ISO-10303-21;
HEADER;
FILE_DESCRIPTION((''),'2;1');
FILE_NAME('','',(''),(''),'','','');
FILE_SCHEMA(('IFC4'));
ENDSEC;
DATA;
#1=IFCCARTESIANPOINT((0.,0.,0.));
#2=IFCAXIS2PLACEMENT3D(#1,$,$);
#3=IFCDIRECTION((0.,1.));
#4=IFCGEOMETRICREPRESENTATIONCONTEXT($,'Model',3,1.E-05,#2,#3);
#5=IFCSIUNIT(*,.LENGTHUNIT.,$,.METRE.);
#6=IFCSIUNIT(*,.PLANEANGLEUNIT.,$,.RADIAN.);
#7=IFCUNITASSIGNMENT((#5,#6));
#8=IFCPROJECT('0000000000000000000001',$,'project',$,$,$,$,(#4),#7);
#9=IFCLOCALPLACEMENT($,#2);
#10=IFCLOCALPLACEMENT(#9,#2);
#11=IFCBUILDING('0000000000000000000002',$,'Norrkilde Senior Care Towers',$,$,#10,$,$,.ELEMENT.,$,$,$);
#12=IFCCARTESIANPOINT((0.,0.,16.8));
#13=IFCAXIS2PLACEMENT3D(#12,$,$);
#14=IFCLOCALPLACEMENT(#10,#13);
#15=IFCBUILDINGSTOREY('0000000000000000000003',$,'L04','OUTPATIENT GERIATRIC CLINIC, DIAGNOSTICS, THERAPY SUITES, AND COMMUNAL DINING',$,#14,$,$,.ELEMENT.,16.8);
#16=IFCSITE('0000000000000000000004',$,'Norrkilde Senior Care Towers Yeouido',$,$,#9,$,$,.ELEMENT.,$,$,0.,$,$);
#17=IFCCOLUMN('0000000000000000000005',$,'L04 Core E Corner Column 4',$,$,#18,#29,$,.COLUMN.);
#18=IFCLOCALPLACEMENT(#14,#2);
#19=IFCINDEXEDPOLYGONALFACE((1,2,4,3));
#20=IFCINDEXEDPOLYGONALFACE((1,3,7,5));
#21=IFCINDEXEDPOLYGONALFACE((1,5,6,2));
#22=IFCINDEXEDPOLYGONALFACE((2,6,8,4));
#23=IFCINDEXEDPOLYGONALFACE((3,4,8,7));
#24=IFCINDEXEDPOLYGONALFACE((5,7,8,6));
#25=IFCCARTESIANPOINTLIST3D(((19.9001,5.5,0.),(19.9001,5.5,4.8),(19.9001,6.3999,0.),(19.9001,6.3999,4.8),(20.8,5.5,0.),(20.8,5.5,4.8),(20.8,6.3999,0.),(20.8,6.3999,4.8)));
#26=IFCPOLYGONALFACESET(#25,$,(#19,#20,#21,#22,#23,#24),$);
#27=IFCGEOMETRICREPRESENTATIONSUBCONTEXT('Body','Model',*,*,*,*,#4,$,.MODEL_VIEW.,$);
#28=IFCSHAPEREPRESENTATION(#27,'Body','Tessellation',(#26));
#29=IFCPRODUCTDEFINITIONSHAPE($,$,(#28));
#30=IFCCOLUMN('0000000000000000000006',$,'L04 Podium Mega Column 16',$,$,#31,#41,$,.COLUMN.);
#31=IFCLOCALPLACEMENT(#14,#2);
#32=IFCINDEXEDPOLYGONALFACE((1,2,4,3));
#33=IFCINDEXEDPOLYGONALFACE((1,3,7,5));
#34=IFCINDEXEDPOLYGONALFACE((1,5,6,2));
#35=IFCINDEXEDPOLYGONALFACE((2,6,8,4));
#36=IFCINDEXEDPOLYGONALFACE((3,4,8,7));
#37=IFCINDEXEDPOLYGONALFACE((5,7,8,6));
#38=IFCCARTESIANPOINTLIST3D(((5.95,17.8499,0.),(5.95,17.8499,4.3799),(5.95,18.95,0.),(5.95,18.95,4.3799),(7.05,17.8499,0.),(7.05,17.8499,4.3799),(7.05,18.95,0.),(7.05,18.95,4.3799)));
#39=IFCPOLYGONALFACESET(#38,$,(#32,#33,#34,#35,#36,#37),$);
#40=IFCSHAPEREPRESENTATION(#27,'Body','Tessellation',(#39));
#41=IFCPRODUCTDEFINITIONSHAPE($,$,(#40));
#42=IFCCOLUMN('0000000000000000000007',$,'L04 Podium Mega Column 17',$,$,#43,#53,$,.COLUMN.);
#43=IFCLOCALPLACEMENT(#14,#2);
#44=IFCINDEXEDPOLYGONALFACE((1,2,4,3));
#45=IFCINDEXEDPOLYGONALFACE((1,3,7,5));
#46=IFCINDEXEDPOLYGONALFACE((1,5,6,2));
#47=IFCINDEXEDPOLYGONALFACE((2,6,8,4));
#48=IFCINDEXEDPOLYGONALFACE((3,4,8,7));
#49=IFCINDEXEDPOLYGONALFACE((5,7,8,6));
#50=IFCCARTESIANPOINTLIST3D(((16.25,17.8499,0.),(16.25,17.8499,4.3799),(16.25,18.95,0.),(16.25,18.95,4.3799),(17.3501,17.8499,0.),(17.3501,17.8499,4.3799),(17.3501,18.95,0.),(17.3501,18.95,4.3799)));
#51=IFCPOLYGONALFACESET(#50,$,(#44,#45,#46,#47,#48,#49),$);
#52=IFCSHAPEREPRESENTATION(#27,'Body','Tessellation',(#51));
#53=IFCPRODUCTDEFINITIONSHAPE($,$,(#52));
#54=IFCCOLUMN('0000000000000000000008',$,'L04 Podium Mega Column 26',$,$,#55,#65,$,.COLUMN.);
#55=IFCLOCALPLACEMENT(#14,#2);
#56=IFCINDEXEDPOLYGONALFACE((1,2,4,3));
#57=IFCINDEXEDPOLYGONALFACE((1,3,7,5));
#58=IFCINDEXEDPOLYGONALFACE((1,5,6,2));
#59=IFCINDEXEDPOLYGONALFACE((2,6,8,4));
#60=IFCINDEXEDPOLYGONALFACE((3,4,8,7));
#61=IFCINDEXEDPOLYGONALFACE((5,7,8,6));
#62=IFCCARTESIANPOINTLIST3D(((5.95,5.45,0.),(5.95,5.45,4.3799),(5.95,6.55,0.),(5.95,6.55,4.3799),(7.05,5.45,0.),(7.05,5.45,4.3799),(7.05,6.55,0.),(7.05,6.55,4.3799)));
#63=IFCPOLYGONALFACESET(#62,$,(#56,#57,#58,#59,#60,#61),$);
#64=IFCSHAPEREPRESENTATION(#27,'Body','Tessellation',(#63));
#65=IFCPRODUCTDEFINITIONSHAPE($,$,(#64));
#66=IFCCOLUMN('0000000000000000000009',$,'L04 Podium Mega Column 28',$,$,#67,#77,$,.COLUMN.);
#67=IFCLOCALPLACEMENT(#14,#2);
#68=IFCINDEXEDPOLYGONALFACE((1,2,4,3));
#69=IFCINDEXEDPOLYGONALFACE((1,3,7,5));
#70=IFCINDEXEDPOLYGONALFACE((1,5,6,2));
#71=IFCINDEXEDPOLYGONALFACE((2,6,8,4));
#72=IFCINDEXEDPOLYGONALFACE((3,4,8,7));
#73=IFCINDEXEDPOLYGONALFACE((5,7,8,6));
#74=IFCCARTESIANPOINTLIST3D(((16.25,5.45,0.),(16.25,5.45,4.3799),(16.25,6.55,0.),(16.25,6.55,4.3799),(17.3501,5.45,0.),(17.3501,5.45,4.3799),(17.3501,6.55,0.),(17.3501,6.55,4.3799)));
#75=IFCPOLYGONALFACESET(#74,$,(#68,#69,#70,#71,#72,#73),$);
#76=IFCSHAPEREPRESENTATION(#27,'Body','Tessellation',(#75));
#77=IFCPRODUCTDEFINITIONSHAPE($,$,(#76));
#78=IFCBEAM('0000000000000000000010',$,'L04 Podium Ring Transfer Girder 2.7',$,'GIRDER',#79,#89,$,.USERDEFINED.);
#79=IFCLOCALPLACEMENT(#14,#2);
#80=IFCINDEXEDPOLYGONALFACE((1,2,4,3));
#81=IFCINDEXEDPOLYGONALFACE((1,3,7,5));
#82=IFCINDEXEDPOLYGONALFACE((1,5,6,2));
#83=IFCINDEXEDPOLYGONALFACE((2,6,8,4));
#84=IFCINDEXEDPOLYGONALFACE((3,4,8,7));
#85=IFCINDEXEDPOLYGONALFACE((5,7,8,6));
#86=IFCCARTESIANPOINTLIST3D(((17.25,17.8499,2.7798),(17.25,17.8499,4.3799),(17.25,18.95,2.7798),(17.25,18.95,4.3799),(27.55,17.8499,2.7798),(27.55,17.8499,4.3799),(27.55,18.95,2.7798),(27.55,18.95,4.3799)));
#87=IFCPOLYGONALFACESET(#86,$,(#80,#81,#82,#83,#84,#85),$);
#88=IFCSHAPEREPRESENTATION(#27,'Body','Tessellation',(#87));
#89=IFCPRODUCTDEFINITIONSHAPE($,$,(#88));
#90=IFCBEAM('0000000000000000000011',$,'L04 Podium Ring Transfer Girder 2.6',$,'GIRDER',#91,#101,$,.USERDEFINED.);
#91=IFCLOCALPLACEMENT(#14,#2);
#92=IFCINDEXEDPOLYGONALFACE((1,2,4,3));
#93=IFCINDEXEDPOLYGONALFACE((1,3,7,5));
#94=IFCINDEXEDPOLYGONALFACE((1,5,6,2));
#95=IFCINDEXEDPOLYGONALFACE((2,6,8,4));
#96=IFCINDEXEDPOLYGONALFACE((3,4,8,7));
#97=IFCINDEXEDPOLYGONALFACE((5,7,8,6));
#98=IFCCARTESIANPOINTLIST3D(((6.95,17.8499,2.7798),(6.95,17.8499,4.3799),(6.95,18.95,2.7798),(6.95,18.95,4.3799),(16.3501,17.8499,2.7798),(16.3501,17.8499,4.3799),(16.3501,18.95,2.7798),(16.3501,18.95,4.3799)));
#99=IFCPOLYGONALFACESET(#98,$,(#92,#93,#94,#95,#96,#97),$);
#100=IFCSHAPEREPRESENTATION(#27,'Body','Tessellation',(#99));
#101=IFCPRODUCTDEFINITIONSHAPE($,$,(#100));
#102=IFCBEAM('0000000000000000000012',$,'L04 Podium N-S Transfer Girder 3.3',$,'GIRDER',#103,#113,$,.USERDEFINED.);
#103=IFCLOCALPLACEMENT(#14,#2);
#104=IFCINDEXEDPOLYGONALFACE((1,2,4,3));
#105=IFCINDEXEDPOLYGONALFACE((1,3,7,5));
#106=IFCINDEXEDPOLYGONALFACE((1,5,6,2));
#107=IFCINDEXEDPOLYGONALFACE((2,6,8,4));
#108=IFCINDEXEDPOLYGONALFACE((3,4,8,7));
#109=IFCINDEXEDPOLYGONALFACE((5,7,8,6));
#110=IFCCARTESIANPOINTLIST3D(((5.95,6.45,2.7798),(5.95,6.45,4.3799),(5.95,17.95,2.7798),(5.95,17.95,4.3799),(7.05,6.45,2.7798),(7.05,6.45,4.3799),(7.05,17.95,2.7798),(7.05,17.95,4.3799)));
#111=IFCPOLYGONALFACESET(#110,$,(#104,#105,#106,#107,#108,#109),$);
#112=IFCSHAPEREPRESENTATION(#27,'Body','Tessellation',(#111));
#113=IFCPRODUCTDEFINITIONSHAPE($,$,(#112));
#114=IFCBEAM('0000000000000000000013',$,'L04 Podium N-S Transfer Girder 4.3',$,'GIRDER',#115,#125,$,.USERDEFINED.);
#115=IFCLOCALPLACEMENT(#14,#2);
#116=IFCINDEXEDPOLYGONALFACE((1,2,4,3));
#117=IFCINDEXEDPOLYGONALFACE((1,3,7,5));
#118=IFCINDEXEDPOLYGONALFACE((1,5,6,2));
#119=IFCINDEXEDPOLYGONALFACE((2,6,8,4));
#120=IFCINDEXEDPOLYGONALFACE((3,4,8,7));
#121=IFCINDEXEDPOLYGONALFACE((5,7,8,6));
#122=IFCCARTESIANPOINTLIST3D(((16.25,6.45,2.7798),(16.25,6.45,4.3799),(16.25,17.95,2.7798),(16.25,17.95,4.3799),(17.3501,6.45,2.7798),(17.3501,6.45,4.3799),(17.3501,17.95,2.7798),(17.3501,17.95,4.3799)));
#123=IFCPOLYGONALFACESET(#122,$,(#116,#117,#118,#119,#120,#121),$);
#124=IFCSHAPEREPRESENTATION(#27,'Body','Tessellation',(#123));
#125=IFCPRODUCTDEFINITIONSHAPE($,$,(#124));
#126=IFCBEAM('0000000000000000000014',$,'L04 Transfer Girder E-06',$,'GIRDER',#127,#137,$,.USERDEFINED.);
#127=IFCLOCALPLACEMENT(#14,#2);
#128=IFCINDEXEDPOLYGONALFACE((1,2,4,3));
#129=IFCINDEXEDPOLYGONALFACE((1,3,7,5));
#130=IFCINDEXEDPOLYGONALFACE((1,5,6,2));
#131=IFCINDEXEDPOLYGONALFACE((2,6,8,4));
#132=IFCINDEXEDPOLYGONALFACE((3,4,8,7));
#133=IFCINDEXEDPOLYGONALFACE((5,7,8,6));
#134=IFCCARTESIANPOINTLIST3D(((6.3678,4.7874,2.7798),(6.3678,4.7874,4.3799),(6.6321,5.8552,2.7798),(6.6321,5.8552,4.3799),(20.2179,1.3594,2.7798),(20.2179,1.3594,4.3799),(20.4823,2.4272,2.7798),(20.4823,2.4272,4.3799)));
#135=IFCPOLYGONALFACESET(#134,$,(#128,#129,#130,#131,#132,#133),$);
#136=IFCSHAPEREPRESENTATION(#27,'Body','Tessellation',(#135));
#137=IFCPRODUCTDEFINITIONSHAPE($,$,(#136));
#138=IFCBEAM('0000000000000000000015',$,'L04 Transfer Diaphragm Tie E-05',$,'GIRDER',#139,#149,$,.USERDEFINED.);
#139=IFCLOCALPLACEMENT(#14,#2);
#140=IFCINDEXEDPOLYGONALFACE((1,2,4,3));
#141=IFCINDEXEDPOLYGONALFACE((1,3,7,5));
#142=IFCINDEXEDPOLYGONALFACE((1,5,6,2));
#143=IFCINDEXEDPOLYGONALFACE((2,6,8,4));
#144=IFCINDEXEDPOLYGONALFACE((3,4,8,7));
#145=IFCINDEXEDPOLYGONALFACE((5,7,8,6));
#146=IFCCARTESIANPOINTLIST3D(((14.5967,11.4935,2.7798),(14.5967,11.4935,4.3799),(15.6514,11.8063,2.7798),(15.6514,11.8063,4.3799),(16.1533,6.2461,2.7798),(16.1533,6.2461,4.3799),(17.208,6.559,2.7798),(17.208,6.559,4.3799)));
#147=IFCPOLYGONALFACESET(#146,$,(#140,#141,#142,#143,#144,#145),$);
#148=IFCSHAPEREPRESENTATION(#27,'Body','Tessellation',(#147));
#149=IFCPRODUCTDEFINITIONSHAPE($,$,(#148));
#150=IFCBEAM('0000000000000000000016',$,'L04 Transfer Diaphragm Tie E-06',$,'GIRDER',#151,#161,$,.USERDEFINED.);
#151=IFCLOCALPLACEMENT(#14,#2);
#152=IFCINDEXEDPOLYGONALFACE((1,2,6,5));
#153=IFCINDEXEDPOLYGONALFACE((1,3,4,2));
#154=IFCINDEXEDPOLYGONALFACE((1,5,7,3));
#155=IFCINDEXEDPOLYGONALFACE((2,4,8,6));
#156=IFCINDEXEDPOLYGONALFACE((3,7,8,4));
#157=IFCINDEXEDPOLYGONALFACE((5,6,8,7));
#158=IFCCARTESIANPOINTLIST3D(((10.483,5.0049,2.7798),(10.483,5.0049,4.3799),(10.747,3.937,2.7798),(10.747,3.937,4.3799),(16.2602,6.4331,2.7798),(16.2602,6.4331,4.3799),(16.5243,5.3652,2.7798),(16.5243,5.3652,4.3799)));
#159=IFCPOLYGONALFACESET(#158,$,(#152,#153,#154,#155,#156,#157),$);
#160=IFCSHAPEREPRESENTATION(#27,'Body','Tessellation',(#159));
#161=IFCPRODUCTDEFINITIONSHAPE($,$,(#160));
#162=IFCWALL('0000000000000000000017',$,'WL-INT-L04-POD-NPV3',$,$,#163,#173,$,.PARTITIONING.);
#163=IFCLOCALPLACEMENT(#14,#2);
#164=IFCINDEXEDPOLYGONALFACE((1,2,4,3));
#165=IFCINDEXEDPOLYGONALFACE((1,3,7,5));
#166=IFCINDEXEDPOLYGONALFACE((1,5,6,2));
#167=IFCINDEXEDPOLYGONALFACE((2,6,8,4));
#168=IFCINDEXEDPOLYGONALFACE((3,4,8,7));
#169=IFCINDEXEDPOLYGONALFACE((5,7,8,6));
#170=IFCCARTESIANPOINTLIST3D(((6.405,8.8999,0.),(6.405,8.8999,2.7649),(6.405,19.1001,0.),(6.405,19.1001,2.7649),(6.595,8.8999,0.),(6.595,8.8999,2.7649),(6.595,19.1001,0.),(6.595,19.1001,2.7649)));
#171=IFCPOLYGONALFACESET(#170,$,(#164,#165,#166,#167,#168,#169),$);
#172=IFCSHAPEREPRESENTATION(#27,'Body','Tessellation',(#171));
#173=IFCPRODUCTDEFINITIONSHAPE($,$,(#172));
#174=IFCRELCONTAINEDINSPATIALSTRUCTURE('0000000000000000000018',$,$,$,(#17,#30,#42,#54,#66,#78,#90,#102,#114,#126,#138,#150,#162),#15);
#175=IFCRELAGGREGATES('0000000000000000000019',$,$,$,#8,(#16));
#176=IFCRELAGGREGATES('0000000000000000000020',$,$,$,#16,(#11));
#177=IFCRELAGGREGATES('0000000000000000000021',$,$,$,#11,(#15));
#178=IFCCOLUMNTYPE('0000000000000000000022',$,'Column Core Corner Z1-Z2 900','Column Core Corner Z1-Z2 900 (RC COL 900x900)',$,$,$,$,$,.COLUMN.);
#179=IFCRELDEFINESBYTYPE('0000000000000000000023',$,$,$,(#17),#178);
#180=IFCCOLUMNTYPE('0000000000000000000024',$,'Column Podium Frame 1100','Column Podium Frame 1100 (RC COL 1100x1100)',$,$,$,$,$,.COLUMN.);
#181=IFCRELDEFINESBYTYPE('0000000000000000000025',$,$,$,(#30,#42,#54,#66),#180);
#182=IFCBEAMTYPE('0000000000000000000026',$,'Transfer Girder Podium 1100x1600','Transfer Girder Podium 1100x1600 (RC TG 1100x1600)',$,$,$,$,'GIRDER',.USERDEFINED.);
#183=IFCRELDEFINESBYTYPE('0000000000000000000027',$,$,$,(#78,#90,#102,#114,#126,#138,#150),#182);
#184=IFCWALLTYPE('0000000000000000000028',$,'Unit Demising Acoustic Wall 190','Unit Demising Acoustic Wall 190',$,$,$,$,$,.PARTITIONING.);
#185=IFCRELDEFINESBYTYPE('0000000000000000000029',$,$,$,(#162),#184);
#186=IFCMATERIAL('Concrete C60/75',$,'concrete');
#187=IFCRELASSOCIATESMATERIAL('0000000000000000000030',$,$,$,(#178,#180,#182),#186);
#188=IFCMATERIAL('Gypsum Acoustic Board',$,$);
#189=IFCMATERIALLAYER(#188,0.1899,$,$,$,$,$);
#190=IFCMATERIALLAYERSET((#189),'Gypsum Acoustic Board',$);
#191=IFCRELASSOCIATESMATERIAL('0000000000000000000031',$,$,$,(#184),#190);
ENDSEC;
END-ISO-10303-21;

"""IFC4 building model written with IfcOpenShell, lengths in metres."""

from ifc_helpers import new_model, si_unit, direction, frame, frame_2d, origin, origin_2d, place, context, subcontext, project, spatial, rectangle, extrude, source, transform, mapped, material, layer, layer_set, material_profile, profile_set, type_object, type_shapes, element, save


model = new_model("IFC4")

# Units and contexts
model_context = context("Model", 3, precision=1e-05, world=origin(), true_north=direction((0.0, 1.0)))
body_context = subcontext(model_context, "Body", "Model", "MODEL_VIEW")
ifc_project = project(units=[si_unit("LENGTHUNIT", "METRE"), si_unit("PLANEANGLEUNIT", "RADIAN")], contexts=[model_context])

# Site, building, storey
site_placement = place(None, origin())
site = spatial("IfcSite", under=ifc_project, at=site_placement, Name="Norrkilde Senior Care Towers Yeouido", CompositionType="ELEMENT", RefElevation=0.0)
building_placement = place(site_placement, origin())
building = spatial("IfcBuilding", under=site, at=building_placement, Name="Norrkilde Senior Care Towers", CompositionType="ELEMENT")
storey_placement = place(building_placement, frame((0.0, 0.0, 16.8)))
storey = spatial("IfcBuildingStorey", under=building, at=storey_placement, Name="L04", Description="OUTPATIENT GERIATRIC CLINIC, DIAGNOSTICS, THERAPY SUITES, AND COMMUNAL DINING", CompositionType="ELEMENT", Elevation=16.8)

# Columns
ifc_material_1 = material(Name="Concrete C60/75", Category="concrete")
ifc_material_profile_1 = material_profile(ifc_material_1, rectangle(XDim=0.8999, YDim=0.8999, at=origin_2d()), Name="RC COL 900x900")
ifc_profile_set_1 = profile_set([ifc_material_profile_1], Name="Concrete C60/75")
column_type_1 = type_object("IfcColumnType", Name="Column Core Corner Z1-Z2 900", Description="Column Core Corner Z1-Z2 900 (RC COL 900x900)", PredefinedType="COLUMN", material=ifc_profile_set_1)
shared_shape_1 = source(origin(), body_context, "Body", "SweptSolid", [
    extrude(rectangle(XDim=0.8999, YDim=0.8999, at=origin_2d()), origin(), (0.0, 0.0, 1.0), 4.8),
])
type_shapes(column_type_1, [shared_shape_1])
column_placement = place(storey_placement, frame((20.3501, 5.95, 0.0), z_axis=(0.0, 0.0, 1.0), x_axis=(1.0, 0.0, 0.0)))
element("IfcColumn", 1, at=column_placement, inside=storey, type_object=column_type_1, Name="L04 Core E Corner Column 4", PredefinedType="COLUMN", context=body_context, shape_type="MappedRepresentation", body=[
    mapped(shared_shape_1, transform((0.0, 0.0, 0.0), x_axis=(1.0, 0.0, 0.0), y_axis=(0.0, 1.0, 0.0), z_axis=(0.0, 0.0, 1.0), scale=1.0)),
])
ifc_material_profile_2 = material_profile(ifc_material_1, rectangle(XDim=1.1001, YDim=1.1001, at=origin_2d()), Name="RC COL 1100x1100")
ifc_profile_set_2 = profile_set([ifc_material_profile_2], Name="Concrete C60/75")
column_type_2 = type_object("IfcColumnType", Name="Column Podium Frame 1100", Description="Column Podium Frame 1100 (RC COL 1100x1100)", PredefinedType="COLUMN", material=ifc_profile_set_2)
shared_shape_2 = source(origin(), body_context, "Body", "SweptSolid", [
    extrude(rectangle(XDim=1.1001, YDim=1.1001, at=origin_2d()), origin(), (0.0, 0.0, 1.0), 4.3799),
])
type_shapes(column_type_2, [shared_shape_2])
for number, where, z_axis, x_axis, name in (
    (2, (6.5, 18.3999, 0.0), (0.0, 0.0, 1.0), (1.0, 0.0, 0.0), "L04 Podium Mega Column 16"),
    (3, (16.8, 18.3999, 0.0), (0.0, 0.0, 1.0), (1.0, 0.0, 0.0), "L04 Podium Mega Column 17"),
    (4, (6.5, 6.0, 0.0), (0.0, 0.0, 1.0), (1.0, 0.0, 0.0), "L04 Podium Mega Column 26"),
    (5, (16.8, 6.0, 0.0), (0.0, 0.0, 1.0), (1.0, 0.0, 0.0), "L04 Podium Mega Column 28"),
):
    element("IfcColumn", number, at=place(storey_placement, frame(where, z_axis=z_axis, x_axis=x_axis)), inside=storey, type_object=column_type_2, Name=name, PredefinedType="COLUMN", context=body_context, shape_type="MappedRepresentation", body=[
        mapped(shared_shape_2, transform((0.0, 0.0, 0.0), x_axis=(1.0, 0.0, 0.0), y_axis=(0.0, 1.0, 0.0), z_axis=(0.0, 0.0, 1.0), scale=1.0)),
    ])

# Beams
ifc_material_profile_3 = material_profile(ifc_material_1, rectangle(XDim=1.1001, YDim=1.6001, at=origin_2d()), Name="RC TG 1100x1600")
ifc_profile_set_3 = profile_set([ifc_material_profile_3], Name="Concrete C60/75")
beam_type = type_object("IfcBeamType", Name="Transfer Girder Podium 1100x1600", Description="Transfer Girder Podium 1100x1600 (RC TG 1100x1600)", ElementType="GIRDER", PredefinedType="USERDEFINED", material=ifc_profile_set_3)
shared_shape_3 = source(origin(), body_context, "Body", "SweptSolid", [
    extrude(rectangle(XDim=1.1001, YDim=1.6001, at=origin_2d()), origin(), (0.0, 0.0, 1.0), 10.3),
])
beam_1_placement = place(storey_placement, frame((17.25, 18.3999, 3.5798), z_axis=(1.0, 0.0, 0.0), x_axis=(0.0, 1.0, 0.0)))
element("IfcBeam", 6, at=beam_1_placement, inside=storey, type_object=beam_type, Name="L04 Podium Ring Transfer Girder 2.7", ObjectType="GIRDER", PredefinedType="USERDEFINED", context=body_context, shape_type="MappedRepresentation", body=[
    mapped(shared_shape_3, transform((0.0, 0.0, 0.0), x_axis=(1.0, 0.0, 0.0), y_axis=(0.0, 1.0, 0.0), z_axis=(0.0, 0.0, 1.0), scale=1.0)),
])
shared_shape_4 = source(origin(), body_context, "Body", "SweptSolid", [
    extrude(rectangle(XDim=1.1001, YDim=1.6001, at=origin_2d()), origin(), (0.0, 0.0, 1.0), 9.4001),
])
beam_2_placement = place(storey_placement, frame((6.95, 18.3999, 3.5798), z_axis=(1.0, 0.0, 0.0), x_axis=(0.0, 1.0, 0.0)))
element("IfcBeam", 7, at=beam_2_placement, inside=storey, type_object=beam_type, Name="L04 Podium Ring Transfer Girder 2.6", ObjectType="GIRDER", PredefinedType="USERDEFINED", context=body_context, shape_type="MappedRepresentation", body=[
    mapped(shared_shape_4, transform((0.0, 0.0, 0.0), x_axis=(1.0, 0.0, 0.0), y_axis=(0.0, 1.0, 0.0), z_axis=(0.0, 0.0, 1.0), scale=1.0)),
])
shared_shape_5 = source(origin(), body_context, "Body", "SweptSolid", [
    extrude(rectangle(XDim=1.1001, YDim=1.6001, at=origin_2d()), origin(), (0.0, 0.0, 1.0), 11.5),
])
for number, where, z_axis, x_axis, name in (
    (8, (6.5, 6.45, 3.5798), (0.0, 1.0, 0.0), (-1.0, 0.0, 0.0), "L04 Podium N-S Transfer Girder 3.3"),
    (9, (16.8, 6.45, 3.5798), (0.0, 1.0, 0.0), (-1.0, 0.0, 0.0), "L04 Podium N-S Transfer Girder 4.3"),
):
    element("IfcBeam", number, at=place(storey_placement, frame(where, z_axis=z_axis, x_axis=x_axis)), inside=storey, type_object=beam_type, Name=name, ObjectType="GIRDER", PredefinedType="USERDEFINED", context=body_context, shape_type="MappedRepresentation", body=[
        mapped(shared_shape_5, transform((0.0, 0.0, 0.0), x_axis=(1.0, 0.0, 0.0), y_axis=(0.0, 1.0, 0.0), z_axis=(0.0, 0.0, 1.0), scale=1.0)),
    ])
shared_shape_6 = source(origin(), body_context, "Body", "SweptSolid", [
    extrude(rectangle(XDim=1.1001, YDim=1.6001, at=origin_2d()), origin(), (0.0, 0.0, 1.0), 14.2681),
])
beam_3_placement = place(storey_placement, frame((20.3501, 1.8933, 3.5798), z_axis=(-0.97071, 0.240256, 0.0), x_axis=(-0.240256, -0.97071, 0.0)))
element("IfcBeam", 10, at=beam_3_placement, inside=storey, type_object=beam_type, Name="L04 Transfer Girder E-06", ObjectType="GIRDER", PredefinedType="USERDEFINED", context=body_context, shape_type="MappedRepresentation", body=[
    mapped(shared_shape_6, transform((0.0, 0.0, 0.0), x_axis=(1.0, 0.0, 0.0), y_axis=(0.0, 1.0, 0.0), z_axis=(0.0, 0.0, 1.0), scale=1.0)),
])
shared_shape_7 = source(origin(), body_context, "Body", "SweptSolid", [
    extrude(rectangle(XDim=1.1001, YDim=1.6001, at=origin_2d()), origin(), (0.0, 0.0, 1.0), 5.4734),
])
beam_4_placement = place(storey_placement, frame((15.124, 11.6499, 3.5798), z_axis=(0.284404, -0.958704, 0.0), x_axis=(0.958704, 0.284404, 0.0)))
element("IfcBeam", 11, at=beam_4_placement, inside=storey, type_object=beam_type, Name="L04 Transfer Diaphragm Tie E-05", ObjectType="GIRDER", PredefinedType="USERDEFINED", context=body_context, shape_type="MappedRepresentation", body=[
    mapped(shared_shape_7, transform((0.0, 0.0, 0.0), x_axis=(1.0, 0.0, 0.0), y_axis=(0.0, 1.0, 0.0), z_axis=(0.0, 0.0, 1.0), scale=1.0)),
])
shared_shape_8 = source(origin(), body_context, "Body", "SweptSolid", [
    extrude(rectangle(XDim=1.1001, YDim=1.6001, at=origin_2d()), origin(), (0.0, 0.0, 1.0), 5.9512),
])
type_shapes(beam_type, [shared_shape_3, shared_shape_4, shared_shape_5, shared_shape_6, shared_shape_7, shared_shape_8])
beam_5_placement = place(storey_placement, frame((10.615, 4.4709, 3.5798), z_axis=(0.970776, 0.239987, 0.0), x_axis=(-0.239987, 0.970776, 0.0)))
element("IfcBeam", 12, at=beam_5_placement, inside=storey, type_object=beam_type, Name="L04 Transfer Diaphragm Tie E-06", ObjectType="GIRDER", PredefinedType="USERDEFINED", context=body_context, shape_type="MappedRepresentation", body=[
    mapped(shared_shape_8, transform((0.0, 0.0, 0.0), x_axis=(1.0, 0.0, 0.0), y_axis=(0.0, 1.0, 0.0), z_axis=(0.0, 0.0, 1.0), scale=1.0)),
])

# Wall
ifc_material_2 = material(Name="Gypsum Acoustic Board")
ifc_layer_1 = layer(ifc_material_2, 0.1899)
ifc_layer_set_1 = layer_set([ifc_layer_1], Name="Gypsum Acoustic Board")
wall_type = type_object("IfcWallType", Name="Unit Demising Acoustic Wall 190", Description="Unit Demising Acoustic Wall 190", PredefinedType="PARTITIONING", material=ifc_layer_set_1)
shared_shape_9 = source(origin(), body_context, "Body", "SweptSolid", [
    extrude(rectangle(XDim=10.2002, YDim=0.1899, at=frame_2d((5.1001, 0.0))), origin(), (0.0, 0.0, 1.0), 2.7649),
])
type_shapes(wall_type, [shared_shape_9])
wall_placement = place(storey_placement, frame((6.5, 8.8999, 0.0), z_axis=(0.0, 0.0, 1.0), x_axis=(0.0, 1.0, 0.0)))
element("IfcWall", 13, at=wall_placement, inside=storey, type_object=wall_type, Name="WL-INT-L04-POD-NPV3", PredefinedType="PARTITIONING", context=body_context, shape_type="MappedRepresentation", body=[
    mapped(shared_shape_9, transform((0.0, 0.0, 0.0), x_axis=(1.0, 0.0, 0.0), y_axis=(0.0, 1.0, 0.0), z_axis=(0.0, 0.0, 1.0), scale=1.0)),
])

save(model, "model.ifc")
